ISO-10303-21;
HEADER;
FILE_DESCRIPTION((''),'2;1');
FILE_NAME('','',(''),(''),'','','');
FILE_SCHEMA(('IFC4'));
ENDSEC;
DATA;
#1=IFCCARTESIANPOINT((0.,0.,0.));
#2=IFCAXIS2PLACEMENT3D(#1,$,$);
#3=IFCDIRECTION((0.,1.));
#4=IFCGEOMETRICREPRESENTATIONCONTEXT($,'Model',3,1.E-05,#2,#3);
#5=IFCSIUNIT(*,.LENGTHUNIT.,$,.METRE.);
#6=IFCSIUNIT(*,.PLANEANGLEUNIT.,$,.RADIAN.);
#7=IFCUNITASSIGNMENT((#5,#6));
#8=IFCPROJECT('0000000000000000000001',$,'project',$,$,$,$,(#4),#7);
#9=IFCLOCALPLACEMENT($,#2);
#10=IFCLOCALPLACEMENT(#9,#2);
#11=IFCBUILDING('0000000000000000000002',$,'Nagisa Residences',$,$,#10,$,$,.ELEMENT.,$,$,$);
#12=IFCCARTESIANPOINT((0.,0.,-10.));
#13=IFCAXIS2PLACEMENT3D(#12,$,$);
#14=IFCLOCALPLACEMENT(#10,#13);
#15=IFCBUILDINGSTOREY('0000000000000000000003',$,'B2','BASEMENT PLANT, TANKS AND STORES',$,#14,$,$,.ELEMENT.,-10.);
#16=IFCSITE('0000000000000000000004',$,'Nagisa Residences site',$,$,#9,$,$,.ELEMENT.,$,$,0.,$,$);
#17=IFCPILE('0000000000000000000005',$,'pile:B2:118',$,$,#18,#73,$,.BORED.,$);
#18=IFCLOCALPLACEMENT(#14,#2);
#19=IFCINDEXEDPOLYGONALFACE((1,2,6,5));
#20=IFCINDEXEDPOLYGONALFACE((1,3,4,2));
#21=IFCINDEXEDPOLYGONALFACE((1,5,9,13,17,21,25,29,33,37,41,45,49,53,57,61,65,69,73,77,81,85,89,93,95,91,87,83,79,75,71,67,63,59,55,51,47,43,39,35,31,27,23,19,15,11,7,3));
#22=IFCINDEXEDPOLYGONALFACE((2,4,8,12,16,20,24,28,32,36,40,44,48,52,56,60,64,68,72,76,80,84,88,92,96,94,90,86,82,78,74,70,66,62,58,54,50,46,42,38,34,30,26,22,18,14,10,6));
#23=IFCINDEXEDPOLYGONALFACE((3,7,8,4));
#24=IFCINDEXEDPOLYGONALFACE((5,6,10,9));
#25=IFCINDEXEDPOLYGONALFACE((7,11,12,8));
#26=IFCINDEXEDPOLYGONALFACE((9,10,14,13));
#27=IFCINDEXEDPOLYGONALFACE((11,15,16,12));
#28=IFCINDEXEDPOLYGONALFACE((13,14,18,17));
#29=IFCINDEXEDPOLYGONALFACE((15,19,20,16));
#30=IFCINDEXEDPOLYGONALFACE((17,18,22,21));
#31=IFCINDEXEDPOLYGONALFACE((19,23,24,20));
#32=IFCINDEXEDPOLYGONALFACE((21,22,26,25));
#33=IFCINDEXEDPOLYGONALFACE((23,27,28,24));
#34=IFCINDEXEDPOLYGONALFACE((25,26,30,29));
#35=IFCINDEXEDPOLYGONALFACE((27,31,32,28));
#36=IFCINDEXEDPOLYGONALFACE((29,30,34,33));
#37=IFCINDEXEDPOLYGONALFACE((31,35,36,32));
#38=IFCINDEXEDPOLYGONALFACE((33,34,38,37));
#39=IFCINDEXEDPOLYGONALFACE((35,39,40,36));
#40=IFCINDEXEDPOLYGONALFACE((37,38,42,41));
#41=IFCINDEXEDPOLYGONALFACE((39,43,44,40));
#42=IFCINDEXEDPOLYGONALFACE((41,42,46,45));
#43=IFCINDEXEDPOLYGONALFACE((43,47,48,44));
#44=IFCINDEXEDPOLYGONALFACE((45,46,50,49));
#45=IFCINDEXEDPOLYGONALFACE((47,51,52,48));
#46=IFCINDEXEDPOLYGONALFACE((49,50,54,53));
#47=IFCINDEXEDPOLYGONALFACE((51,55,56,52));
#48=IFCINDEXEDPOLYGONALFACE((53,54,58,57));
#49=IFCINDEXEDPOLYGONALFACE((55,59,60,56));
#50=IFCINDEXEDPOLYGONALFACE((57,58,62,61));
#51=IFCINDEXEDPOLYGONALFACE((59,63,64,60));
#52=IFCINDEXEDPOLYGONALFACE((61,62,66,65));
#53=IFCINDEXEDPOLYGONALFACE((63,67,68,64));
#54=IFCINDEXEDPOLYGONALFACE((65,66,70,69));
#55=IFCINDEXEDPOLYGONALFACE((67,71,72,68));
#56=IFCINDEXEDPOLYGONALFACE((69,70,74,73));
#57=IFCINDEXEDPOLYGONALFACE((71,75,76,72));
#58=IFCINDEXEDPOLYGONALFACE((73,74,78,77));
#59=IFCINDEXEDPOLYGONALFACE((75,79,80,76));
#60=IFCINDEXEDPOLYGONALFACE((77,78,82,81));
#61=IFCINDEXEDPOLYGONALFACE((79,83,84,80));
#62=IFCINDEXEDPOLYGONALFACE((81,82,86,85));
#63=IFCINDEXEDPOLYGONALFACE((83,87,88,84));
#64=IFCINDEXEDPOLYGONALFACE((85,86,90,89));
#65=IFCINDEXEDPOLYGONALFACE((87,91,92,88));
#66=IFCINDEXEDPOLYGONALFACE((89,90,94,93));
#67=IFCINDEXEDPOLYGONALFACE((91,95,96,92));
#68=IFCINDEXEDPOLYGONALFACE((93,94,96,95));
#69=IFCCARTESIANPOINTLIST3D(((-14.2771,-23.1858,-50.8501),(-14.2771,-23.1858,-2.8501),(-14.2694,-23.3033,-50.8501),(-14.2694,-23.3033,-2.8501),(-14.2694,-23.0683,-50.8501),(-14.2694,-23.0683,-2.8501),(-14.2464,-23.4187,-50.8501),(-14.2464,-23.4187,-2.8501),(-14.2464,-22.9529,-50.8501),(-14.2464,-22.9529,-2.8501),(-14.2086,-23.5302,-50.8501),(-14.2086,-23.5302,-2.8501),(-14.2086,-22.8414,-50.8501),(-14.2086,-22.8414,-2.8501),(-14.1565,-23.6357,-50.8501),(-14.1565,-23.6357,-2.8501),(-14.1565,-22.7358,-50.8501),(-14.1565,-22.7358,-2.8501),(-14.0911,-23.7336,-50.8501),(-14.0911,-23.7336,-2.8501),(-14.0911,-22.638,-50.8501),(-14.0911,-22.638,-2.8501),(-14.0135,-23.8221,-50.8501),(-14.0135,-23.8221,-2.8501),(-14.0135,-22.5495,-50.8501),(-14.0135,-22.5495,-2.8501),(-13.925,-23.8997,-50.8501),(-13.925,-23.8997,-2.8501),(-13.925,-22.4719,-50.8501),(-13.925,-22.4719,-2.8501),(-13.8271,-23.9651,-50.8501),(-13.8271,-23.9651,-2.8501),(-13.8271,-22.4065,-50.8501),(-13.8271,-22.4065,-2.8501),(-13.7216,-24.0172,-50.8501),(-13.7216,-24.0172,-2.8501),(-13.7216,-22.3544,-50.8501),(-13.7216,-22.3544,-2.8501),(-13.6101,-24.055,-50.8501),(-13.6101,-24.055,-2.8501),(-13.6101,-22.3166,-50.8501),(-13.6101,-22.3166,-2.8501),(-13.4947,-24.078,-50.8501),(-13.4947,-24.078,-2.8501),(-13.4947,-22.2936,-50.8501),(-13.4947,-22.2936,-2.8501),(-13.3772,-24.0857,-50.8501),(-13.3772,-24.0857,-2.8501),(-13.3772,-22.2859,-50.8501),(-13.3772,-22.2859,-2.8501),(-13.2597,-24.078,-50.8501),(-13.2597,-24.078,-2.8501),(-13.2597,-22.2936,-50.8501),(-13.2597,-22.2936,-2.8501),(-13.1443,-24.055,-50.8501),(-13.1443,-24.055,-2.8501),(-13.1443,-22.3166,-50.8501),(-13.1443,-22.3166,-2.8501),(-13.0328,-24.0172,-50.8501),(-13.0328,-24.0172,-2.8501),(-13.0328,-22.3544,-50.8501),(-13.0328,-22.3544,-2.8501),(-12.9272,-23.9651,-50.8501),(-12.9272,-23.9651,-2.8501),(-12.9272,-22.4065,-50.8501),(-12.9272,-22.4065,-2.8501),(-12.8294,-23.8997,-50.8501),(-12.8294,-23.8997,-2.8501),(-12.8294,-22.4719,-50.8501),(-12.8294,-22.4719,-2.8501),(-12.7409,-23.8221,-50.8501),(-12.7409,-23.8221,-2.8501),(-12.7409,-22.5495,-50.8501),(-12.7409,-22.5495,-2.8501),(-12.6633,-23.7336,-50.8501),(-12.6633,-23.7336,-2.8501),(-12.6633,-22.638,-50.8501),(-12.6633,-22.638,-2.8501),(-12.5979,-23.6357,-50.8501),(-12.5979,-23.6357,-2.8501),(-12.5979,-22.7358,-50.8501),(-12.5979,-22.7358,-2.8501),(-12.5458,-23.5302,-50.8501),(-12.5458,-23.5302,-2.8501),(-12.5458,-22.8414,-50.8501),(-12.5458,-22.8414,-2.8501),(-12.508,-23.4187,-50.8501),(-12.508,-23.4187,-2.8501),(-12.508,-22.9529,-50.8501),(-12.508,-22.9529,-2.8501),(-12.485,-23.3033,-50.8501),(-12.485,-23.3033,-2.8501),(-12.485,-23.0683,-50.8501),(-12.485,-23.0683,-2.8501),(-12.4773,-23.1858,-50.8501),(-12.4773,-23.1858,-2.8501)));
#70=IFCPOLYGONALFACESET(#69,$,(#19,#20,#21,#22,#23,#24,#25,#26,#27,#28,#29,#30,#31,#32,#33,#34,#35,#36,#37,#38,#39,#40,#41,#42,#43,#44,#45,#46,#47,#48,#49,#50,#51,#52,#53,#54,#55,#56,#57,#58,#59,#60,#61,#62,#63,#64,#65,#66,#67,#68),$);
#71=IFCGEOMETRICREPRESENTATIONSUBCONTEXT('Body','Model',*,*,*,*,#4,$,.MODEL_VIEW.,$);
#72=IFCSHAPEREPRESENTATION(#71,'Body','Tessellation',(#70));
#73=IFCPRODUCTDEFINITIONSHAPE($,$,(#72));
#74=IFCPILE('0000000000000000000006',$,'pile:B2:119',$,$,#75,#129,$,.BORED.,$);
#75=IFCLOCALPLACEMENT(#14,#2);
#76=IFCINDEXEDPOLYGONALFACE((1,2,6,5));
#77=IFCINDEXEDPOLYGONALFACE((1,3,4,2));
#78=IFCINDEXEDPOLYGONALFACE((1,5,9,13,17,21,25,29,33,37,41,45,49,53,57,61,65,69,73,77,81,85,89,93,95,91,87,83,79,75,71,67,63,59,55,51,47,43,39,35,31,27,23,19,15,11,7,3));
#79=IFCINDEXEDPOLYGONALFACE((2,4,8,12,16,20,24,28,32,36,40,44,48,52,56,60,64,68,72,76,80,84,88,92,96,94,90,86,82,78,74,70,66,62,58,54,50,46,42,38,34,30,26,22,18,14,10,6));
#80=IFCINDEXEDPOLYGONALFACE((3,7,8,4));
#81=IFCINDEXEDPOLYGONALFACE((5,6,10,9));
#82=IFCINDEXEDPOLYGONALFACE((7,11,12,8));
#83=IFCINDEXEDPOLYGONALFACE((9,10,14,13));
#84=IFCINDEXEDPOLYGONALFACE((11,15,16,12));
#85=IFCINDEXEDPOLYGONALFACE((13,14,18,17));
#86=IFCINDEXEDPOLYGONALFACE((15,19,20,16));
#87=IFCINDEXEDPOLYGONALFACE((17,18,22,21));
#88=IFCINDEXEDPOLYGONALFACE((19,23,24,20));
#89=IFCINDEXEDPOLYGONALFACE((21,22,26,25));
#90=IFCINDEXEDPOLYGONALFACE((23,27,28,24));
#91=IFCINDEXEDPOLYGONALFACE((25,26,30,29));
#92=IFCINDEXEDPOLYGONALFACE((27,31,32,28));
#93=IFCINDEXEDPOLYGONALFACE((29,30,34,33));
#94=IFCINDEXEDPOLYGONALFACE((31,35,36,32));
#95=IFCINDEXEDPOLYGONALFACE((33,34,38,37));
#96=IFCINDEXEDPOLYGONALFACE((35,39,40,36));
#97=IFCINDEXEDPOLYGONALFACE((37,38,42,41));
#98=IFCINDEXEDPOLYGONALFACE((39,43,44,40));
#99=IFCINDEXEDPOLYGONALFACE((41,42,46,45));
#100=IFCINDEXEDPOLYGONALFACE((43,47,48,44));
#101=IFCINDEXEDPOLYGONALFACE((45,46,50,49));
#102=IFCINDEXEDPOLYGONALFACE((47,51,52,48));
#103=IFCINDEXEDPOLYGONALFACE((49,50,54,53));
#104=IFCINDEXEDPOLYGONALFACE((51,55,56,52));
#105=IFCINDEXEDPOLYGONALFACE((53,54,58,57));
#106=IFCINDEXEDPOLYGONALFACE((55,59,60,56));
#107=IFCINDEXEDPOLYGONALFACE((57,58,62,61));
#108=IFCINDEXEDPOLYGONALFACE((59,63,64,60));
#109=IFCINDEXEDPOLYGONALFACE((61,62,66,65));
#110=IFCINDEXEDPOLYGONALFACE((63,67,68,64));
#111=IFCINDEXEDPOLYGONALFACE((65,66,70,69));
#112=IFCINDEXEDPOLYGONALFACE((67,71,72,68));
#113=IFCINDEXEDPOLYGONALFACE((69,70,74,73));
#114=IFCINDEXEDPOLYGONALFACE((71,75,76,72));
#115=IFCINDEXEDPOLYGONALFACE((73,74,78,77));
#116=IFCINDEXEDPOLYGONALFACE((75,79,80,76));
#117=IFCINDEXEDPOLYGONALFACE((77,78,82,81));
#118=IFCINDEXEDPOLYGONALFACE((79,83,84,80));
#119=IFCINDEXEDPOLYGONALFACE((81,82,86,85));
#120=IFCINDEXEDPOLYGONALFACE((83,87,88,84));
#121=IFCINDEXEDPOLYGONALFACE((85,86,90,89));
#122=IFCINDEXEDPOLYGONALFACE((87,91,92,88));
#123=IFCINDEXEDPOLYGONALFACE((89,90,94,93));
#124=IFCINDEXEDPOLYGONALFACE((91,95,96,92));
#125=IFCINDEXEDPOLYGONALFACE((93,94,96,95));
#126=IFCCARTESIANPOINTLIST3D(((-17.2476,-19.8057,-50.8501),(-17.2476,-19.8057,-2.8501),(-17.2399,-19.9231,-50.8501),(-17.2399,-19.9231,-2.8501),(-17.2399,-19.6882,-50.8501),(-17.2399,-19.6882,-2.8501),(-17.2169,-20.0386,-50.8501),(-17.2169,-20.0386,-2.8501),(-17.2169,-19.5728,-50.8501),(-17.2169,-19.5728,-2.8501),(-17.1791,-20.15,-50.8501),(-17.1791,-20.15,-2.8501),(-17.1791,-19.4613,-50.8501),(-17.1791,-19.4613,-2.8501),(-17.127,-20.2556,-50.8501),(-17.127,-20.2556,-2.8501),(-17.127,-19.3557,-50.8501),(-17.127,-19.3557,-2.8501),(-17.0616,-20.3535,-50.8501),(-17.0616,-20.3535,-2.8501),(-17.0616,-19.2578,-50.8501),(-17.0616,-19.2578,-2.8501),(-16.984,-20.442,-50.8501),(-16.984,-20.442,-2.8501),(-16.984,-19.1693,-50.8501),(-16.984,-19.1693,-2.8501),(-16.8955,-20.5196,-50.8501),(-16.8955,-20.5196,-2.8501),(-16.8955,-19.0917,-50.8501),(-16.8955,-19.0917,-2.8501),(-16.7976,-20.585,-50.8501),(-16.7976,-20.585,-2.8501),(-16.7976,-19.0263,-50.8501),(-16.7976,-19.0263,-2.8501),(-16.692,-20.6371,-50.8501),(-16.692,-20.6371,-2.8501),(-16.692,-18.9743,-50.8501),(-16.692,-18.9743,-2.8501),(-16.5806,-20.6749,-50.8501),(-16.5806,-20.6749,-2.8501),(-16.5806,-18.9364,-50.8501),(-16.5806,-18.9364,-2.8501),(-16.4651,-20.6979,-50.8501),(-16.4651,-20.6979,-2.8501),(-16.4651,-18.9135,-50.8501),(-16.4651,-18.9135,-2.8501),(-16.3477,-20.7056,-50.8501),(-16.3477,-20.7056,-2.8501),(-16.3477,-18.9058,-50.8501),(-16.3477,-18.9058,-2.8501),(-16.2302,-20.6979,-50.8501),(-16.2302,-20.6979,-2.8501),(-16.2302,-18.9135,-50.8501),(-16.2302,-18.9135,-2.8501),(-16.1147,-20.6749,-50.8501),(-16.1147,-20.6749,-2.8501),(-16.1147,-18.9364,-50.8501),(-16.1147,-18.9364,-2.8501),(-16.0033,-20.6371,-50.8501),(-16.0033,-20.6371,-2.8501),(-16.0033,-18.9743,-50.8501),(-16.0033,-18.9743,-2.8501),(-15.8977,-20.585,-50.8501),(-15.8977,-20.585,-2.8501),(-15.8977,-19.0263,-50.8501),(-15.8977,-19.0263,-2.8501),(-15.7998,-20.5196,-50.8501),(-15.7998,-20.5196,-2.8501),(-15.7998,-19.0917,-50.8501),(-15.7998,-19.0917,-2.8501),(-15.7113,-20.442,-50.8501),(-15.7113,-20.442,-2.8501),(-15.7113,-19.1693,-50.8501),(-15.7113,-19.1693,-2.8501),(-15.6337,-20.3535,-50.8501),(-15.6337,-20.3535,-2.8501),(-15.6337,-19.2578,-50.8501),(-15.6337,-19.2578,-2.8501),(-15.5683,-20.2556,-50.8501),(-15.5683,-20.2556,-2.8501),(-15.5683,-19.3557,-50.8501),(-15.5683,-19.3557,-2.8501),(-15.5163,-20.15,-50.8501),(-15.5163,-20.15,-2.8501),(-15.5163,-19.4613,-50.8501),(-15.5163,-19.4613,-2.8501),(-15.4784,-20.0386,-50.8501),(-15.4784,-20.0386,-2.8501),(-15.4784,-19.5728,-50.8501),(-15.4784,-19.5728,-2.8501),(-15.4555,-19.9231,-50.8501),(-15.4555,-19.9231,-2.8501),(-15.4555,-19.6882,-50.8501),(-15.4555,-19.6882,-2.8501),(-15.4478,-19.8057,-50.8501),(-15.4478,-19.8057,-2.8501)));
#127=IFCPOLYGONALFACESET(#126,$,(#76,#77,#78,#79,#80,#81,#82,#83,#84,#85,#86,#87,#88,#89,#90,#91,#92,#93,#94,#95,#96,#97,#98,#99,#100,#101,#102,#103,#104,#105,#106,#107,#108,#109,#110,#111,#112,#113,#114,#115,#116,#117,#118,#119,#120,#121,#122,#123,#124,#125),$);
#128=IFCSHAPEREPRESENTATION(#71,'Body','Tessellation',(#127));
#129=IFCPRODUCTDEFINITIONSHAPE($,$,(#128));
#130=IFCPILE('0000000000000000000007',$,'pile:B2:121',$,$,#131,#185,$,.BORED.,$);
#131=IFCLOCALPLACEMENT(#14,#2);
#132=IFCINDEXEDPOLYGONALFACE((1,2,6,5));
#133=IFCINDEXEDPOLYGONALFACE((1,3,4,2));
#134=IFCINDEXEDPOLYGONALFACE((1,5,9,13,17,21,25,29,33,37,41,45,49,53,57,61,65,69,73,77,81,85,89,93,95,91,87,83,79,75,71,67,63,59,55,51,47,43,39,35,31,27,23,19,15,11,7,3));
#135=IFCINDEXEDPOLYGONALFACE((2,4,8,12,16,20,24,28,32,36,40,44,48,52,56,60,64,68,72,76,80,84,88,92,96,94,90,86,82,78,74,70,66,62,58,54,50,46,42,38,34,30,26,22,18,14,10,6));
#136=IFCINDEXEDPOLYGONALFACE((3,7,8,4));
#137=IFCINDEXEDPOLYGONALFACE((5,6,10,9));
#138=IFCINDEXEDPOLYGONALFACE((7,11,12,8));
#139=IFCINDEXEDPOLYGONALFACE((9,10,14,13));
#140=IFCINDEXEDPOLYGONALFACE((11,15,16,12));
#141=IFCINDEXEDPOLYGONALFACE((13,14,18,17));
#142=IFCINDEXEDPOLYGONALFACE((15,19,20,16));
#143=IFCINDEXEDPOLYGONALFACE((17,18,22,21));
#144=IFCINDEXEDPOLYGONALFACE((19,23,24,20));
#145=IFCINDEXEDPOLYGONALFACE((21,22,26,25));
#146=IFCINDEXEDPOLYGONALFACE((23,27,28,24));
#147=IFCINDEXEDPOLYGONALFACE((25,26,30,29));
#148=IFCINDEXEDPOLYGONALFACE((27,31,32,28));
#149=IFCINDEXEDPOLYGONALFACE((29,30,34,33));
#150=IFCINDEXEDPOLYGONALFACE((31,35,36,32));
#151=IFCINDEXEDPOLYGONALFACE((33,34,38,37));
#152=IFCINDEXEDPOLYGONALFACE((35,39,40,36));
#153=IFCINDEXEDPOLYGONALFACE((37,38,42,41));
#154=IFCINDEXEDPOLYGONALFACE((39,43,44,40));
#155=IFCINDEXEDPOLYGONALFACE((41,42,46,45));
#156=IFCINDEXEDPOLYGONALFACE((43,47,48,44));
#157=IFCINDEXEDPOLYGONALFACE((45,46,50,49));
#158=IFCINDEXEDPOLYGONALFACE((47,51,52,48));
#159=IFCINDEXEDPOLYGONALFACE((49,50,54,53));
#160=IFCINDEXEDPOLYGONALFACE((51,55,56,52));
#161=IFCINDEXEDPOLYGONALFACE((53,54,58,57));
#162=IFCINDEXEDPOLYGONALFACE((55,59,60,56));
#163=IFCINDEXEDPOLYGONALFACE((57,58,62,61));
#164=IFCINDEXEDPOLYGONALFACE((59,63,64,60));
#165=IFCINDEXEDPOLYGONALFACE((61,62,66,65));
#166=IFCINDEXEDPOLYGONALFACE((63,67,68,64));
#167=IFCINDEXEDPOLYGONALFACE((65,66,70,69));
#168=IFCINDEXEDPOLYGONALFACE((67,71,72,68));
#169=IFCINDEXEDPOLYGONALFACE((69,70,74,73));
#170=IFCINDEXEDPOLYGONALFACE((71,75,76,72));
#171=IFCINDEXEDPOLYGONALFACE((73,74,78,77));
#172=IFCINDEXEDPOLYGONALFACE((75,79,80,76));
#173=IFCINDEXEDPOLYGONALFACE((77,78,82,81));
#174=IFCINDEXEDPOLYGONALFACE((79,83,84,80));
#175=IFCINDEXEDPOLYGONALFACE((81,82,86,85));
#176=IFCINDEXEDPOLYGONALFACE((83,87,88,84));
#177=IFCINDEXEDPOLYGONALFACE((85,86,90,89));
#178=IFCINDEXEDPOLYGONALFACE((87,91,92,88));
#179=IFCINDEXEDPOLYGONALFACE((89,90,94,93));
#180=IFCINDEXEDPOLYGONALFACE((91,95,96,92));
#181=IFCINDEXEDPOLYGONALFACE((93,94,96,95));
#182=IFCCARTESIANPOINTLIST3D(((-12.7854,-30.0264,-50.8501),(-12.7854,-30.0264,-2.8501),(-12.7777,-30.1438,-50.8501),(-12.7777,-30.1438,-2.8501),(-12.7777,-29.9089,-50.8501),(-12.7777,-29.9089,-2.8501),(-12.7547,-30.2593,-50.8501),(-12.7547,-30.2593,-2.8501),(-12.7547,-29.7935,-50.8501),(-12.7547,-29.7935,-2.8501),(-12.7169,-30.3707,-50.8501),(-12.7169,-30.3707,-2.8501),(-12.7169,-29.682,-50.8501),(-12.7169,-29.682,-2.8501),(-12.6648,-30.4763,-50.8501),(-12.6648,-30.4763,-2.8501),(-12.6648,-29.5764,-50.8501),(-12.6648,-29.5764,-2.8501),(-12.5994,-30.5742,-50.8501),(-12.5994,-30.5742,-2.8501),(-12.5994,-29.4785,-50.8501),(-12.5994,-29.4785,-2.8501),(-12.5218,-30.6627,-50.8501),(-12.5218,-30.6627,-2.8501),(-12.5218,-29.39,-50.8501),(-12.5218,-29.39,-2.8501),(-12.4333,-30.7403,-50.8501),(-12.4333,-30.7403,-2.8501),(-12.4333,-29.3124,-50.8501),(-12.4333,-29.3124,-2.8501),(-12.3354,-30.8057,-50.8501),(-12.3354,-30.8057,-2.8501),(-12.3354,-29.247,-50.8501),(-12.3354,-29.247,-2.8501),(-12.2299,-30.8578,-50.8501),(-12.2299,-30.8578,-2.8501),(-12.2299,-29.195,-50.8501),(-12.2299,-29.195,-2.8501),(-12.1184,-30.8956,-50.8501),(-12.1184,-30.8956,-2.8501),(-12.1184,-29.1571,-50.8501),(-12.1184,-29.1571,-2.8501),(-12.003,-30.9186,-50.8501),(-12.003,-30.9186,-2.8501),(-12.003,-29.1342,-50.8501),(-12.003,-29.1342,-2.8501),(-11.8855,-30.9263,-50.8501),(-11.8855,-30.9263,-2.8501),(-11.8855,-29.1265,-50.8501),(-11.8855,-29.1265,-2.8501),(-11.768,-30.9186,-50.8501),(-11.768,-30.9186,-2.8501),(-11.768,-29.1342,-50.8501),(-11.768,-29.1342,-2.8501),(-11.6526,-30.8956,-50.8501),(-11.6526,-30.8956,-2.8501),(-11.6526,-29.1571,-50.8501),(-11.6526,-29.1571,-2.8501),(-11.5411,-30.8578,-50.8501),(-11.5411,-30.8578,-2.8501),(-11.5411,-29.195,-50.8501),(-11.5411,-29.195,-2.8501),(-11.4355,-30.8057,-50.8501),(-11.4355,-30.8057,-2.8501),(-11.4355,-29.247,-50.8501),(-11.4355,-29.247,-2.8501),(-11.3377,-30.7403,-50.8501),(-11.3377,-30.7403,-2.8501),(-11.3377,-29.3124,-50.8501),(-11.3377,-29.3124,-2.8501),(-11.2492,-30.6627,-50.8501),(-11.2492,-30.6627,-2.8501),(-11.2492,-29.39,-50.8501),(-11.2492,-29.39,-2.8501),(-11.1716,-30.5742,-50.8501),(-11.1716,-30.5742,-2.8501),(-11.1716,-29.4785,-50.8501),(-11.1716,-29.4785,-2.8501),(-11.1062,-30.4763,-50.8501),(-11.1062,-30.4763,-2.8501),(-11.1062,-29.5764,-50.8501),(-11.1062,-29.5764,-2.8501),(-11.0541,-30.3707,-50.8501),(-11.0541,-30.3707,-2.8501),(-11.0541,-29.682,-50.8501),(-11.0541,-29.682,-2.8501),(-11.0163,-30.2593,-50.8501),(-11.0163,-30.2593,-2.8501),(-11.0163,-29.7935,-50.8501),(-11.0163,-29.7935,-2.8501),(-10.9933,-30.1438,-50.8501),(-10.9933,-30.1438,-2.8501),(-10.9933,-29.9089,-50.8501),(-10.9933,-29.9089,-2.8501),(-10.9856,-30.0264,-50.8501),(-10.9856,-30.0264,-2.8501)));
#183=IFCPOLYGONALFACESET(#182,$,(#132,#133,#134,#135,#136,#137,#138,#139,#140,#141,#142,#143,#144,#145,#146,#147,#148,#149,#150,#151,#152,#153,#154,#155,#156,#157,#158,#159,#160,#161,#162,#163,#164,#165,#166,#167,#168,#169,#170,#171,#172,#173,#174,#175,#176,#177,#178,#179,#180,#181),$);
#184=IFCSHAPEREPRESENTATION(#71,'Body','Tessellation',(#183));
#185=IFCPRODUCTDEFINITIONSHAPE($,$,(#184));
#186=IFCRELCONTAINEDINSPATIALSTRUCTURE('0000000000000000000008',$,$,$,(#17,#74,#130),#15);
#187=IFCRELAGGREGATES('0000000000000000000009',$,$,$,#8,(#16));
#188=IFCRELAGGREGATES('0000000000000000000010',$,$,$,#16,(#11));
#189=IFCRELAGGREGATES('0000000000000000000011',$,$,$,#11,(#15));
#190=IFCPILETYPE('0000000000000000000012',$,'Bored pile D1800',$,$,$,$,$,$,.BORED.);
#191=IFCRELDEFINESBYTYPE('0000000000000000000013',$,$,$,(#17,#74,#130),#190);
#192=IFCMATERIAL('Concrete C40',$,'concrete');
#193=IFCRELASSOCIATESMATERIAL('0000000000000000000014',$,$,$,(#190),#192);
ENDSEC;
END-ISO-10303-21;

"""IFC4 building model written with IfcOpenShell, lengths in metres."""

from ifc_helpers import new_model, si_unit, direction, frame, origin, origin_2d, place, context, subcontext, project, spatial, circle, extrude, material, material_profile, profile_set, type_object, element, save


model = new_model("IFC4")

# Units and contexts
model_context = context("Model", 3, precision=1e-05, world=origin(), true_north=direction((0.0, 1.0)))
body_context = subcontext(model_context, "Body", "Model", "MODEL_VIEW")
ifc_project = project(units=[si_unit("LENGTHUNIT", "METRE"), si_unit("PLANEANGLEUNIT", "RADIAN")], contexts=[model_context])

# Site, building, storey
site_placement = place(None, origin())
site = spatial("IfcSite", under=ifc_project, at=site_placement, Name="Nagisa Residences site", CompositionType="ELEMENT", RefElevation=0.0)
building_placement = place(site_placement, origin())
building = spatial("IfcBuilding", under=site, at=building_placement, Name="Nagisa Residences", CompositionType="ELEMENT")
storey_placement = place(building_placement, frame((0.0, 0.0, -10.0)))
storey = spatial("IfcBuildingStorey", under=building, at=storey_placement, Name="B2", Description="BASEMENT PLANT, TANKS AND STORES", CompositionType="ELEMENT", Elevation=-10.0)

# Piles
ifc_material_1 = material(Name="Concrete C40", Category="concrete")
ifc_material_profile_1 = material_profile(ifc_material_1, circle(Radius=0.8999, at=origin_2d()), Name="Bored pile D1800")
ifc_profile_set_1 = profile_set([ifc_material_profile_1], Name="Concrete C40")
pile_type = type_object("IfcPileType", Name="Bored pile D1800", PredefinedType="BORED", material=ifc_profile_set_1)
for number, where, z_axis, x_axis, name in (
    (1, (-13.3772, -23.1858, -2.8501), (0.0, 0.0, -1.0), (1.0, 0.0, 0.0), "pile:B2:118"),
    (2, (-16.3477, -19.8057, -2.8501), (0.0, 0.0, -1.0), (1.0, 0.0, 0.0), "pile:B2:119"),
    (3, (-11.8855, -30.0264, -2.8501), (0.0, 0.0, -1.0), (1.0, 0.0, 0.0), "pile:B2:121"),
):
    element("IfcPile", number, at=place(storey_placement, frame(where, z_axis=z_axis, x_axis=x_axis)), inside=storey, type_object=pile_type, Name=name, PredefinedType="BORED", context=body_context, shape_type="SweptSolid", body=[
        extrude(circle(Radius=0.8999, at=origin_2d()), origin(), (0.0, 0.0, 1.0), 48.0),
    ])

save(model, "model.ifc")
